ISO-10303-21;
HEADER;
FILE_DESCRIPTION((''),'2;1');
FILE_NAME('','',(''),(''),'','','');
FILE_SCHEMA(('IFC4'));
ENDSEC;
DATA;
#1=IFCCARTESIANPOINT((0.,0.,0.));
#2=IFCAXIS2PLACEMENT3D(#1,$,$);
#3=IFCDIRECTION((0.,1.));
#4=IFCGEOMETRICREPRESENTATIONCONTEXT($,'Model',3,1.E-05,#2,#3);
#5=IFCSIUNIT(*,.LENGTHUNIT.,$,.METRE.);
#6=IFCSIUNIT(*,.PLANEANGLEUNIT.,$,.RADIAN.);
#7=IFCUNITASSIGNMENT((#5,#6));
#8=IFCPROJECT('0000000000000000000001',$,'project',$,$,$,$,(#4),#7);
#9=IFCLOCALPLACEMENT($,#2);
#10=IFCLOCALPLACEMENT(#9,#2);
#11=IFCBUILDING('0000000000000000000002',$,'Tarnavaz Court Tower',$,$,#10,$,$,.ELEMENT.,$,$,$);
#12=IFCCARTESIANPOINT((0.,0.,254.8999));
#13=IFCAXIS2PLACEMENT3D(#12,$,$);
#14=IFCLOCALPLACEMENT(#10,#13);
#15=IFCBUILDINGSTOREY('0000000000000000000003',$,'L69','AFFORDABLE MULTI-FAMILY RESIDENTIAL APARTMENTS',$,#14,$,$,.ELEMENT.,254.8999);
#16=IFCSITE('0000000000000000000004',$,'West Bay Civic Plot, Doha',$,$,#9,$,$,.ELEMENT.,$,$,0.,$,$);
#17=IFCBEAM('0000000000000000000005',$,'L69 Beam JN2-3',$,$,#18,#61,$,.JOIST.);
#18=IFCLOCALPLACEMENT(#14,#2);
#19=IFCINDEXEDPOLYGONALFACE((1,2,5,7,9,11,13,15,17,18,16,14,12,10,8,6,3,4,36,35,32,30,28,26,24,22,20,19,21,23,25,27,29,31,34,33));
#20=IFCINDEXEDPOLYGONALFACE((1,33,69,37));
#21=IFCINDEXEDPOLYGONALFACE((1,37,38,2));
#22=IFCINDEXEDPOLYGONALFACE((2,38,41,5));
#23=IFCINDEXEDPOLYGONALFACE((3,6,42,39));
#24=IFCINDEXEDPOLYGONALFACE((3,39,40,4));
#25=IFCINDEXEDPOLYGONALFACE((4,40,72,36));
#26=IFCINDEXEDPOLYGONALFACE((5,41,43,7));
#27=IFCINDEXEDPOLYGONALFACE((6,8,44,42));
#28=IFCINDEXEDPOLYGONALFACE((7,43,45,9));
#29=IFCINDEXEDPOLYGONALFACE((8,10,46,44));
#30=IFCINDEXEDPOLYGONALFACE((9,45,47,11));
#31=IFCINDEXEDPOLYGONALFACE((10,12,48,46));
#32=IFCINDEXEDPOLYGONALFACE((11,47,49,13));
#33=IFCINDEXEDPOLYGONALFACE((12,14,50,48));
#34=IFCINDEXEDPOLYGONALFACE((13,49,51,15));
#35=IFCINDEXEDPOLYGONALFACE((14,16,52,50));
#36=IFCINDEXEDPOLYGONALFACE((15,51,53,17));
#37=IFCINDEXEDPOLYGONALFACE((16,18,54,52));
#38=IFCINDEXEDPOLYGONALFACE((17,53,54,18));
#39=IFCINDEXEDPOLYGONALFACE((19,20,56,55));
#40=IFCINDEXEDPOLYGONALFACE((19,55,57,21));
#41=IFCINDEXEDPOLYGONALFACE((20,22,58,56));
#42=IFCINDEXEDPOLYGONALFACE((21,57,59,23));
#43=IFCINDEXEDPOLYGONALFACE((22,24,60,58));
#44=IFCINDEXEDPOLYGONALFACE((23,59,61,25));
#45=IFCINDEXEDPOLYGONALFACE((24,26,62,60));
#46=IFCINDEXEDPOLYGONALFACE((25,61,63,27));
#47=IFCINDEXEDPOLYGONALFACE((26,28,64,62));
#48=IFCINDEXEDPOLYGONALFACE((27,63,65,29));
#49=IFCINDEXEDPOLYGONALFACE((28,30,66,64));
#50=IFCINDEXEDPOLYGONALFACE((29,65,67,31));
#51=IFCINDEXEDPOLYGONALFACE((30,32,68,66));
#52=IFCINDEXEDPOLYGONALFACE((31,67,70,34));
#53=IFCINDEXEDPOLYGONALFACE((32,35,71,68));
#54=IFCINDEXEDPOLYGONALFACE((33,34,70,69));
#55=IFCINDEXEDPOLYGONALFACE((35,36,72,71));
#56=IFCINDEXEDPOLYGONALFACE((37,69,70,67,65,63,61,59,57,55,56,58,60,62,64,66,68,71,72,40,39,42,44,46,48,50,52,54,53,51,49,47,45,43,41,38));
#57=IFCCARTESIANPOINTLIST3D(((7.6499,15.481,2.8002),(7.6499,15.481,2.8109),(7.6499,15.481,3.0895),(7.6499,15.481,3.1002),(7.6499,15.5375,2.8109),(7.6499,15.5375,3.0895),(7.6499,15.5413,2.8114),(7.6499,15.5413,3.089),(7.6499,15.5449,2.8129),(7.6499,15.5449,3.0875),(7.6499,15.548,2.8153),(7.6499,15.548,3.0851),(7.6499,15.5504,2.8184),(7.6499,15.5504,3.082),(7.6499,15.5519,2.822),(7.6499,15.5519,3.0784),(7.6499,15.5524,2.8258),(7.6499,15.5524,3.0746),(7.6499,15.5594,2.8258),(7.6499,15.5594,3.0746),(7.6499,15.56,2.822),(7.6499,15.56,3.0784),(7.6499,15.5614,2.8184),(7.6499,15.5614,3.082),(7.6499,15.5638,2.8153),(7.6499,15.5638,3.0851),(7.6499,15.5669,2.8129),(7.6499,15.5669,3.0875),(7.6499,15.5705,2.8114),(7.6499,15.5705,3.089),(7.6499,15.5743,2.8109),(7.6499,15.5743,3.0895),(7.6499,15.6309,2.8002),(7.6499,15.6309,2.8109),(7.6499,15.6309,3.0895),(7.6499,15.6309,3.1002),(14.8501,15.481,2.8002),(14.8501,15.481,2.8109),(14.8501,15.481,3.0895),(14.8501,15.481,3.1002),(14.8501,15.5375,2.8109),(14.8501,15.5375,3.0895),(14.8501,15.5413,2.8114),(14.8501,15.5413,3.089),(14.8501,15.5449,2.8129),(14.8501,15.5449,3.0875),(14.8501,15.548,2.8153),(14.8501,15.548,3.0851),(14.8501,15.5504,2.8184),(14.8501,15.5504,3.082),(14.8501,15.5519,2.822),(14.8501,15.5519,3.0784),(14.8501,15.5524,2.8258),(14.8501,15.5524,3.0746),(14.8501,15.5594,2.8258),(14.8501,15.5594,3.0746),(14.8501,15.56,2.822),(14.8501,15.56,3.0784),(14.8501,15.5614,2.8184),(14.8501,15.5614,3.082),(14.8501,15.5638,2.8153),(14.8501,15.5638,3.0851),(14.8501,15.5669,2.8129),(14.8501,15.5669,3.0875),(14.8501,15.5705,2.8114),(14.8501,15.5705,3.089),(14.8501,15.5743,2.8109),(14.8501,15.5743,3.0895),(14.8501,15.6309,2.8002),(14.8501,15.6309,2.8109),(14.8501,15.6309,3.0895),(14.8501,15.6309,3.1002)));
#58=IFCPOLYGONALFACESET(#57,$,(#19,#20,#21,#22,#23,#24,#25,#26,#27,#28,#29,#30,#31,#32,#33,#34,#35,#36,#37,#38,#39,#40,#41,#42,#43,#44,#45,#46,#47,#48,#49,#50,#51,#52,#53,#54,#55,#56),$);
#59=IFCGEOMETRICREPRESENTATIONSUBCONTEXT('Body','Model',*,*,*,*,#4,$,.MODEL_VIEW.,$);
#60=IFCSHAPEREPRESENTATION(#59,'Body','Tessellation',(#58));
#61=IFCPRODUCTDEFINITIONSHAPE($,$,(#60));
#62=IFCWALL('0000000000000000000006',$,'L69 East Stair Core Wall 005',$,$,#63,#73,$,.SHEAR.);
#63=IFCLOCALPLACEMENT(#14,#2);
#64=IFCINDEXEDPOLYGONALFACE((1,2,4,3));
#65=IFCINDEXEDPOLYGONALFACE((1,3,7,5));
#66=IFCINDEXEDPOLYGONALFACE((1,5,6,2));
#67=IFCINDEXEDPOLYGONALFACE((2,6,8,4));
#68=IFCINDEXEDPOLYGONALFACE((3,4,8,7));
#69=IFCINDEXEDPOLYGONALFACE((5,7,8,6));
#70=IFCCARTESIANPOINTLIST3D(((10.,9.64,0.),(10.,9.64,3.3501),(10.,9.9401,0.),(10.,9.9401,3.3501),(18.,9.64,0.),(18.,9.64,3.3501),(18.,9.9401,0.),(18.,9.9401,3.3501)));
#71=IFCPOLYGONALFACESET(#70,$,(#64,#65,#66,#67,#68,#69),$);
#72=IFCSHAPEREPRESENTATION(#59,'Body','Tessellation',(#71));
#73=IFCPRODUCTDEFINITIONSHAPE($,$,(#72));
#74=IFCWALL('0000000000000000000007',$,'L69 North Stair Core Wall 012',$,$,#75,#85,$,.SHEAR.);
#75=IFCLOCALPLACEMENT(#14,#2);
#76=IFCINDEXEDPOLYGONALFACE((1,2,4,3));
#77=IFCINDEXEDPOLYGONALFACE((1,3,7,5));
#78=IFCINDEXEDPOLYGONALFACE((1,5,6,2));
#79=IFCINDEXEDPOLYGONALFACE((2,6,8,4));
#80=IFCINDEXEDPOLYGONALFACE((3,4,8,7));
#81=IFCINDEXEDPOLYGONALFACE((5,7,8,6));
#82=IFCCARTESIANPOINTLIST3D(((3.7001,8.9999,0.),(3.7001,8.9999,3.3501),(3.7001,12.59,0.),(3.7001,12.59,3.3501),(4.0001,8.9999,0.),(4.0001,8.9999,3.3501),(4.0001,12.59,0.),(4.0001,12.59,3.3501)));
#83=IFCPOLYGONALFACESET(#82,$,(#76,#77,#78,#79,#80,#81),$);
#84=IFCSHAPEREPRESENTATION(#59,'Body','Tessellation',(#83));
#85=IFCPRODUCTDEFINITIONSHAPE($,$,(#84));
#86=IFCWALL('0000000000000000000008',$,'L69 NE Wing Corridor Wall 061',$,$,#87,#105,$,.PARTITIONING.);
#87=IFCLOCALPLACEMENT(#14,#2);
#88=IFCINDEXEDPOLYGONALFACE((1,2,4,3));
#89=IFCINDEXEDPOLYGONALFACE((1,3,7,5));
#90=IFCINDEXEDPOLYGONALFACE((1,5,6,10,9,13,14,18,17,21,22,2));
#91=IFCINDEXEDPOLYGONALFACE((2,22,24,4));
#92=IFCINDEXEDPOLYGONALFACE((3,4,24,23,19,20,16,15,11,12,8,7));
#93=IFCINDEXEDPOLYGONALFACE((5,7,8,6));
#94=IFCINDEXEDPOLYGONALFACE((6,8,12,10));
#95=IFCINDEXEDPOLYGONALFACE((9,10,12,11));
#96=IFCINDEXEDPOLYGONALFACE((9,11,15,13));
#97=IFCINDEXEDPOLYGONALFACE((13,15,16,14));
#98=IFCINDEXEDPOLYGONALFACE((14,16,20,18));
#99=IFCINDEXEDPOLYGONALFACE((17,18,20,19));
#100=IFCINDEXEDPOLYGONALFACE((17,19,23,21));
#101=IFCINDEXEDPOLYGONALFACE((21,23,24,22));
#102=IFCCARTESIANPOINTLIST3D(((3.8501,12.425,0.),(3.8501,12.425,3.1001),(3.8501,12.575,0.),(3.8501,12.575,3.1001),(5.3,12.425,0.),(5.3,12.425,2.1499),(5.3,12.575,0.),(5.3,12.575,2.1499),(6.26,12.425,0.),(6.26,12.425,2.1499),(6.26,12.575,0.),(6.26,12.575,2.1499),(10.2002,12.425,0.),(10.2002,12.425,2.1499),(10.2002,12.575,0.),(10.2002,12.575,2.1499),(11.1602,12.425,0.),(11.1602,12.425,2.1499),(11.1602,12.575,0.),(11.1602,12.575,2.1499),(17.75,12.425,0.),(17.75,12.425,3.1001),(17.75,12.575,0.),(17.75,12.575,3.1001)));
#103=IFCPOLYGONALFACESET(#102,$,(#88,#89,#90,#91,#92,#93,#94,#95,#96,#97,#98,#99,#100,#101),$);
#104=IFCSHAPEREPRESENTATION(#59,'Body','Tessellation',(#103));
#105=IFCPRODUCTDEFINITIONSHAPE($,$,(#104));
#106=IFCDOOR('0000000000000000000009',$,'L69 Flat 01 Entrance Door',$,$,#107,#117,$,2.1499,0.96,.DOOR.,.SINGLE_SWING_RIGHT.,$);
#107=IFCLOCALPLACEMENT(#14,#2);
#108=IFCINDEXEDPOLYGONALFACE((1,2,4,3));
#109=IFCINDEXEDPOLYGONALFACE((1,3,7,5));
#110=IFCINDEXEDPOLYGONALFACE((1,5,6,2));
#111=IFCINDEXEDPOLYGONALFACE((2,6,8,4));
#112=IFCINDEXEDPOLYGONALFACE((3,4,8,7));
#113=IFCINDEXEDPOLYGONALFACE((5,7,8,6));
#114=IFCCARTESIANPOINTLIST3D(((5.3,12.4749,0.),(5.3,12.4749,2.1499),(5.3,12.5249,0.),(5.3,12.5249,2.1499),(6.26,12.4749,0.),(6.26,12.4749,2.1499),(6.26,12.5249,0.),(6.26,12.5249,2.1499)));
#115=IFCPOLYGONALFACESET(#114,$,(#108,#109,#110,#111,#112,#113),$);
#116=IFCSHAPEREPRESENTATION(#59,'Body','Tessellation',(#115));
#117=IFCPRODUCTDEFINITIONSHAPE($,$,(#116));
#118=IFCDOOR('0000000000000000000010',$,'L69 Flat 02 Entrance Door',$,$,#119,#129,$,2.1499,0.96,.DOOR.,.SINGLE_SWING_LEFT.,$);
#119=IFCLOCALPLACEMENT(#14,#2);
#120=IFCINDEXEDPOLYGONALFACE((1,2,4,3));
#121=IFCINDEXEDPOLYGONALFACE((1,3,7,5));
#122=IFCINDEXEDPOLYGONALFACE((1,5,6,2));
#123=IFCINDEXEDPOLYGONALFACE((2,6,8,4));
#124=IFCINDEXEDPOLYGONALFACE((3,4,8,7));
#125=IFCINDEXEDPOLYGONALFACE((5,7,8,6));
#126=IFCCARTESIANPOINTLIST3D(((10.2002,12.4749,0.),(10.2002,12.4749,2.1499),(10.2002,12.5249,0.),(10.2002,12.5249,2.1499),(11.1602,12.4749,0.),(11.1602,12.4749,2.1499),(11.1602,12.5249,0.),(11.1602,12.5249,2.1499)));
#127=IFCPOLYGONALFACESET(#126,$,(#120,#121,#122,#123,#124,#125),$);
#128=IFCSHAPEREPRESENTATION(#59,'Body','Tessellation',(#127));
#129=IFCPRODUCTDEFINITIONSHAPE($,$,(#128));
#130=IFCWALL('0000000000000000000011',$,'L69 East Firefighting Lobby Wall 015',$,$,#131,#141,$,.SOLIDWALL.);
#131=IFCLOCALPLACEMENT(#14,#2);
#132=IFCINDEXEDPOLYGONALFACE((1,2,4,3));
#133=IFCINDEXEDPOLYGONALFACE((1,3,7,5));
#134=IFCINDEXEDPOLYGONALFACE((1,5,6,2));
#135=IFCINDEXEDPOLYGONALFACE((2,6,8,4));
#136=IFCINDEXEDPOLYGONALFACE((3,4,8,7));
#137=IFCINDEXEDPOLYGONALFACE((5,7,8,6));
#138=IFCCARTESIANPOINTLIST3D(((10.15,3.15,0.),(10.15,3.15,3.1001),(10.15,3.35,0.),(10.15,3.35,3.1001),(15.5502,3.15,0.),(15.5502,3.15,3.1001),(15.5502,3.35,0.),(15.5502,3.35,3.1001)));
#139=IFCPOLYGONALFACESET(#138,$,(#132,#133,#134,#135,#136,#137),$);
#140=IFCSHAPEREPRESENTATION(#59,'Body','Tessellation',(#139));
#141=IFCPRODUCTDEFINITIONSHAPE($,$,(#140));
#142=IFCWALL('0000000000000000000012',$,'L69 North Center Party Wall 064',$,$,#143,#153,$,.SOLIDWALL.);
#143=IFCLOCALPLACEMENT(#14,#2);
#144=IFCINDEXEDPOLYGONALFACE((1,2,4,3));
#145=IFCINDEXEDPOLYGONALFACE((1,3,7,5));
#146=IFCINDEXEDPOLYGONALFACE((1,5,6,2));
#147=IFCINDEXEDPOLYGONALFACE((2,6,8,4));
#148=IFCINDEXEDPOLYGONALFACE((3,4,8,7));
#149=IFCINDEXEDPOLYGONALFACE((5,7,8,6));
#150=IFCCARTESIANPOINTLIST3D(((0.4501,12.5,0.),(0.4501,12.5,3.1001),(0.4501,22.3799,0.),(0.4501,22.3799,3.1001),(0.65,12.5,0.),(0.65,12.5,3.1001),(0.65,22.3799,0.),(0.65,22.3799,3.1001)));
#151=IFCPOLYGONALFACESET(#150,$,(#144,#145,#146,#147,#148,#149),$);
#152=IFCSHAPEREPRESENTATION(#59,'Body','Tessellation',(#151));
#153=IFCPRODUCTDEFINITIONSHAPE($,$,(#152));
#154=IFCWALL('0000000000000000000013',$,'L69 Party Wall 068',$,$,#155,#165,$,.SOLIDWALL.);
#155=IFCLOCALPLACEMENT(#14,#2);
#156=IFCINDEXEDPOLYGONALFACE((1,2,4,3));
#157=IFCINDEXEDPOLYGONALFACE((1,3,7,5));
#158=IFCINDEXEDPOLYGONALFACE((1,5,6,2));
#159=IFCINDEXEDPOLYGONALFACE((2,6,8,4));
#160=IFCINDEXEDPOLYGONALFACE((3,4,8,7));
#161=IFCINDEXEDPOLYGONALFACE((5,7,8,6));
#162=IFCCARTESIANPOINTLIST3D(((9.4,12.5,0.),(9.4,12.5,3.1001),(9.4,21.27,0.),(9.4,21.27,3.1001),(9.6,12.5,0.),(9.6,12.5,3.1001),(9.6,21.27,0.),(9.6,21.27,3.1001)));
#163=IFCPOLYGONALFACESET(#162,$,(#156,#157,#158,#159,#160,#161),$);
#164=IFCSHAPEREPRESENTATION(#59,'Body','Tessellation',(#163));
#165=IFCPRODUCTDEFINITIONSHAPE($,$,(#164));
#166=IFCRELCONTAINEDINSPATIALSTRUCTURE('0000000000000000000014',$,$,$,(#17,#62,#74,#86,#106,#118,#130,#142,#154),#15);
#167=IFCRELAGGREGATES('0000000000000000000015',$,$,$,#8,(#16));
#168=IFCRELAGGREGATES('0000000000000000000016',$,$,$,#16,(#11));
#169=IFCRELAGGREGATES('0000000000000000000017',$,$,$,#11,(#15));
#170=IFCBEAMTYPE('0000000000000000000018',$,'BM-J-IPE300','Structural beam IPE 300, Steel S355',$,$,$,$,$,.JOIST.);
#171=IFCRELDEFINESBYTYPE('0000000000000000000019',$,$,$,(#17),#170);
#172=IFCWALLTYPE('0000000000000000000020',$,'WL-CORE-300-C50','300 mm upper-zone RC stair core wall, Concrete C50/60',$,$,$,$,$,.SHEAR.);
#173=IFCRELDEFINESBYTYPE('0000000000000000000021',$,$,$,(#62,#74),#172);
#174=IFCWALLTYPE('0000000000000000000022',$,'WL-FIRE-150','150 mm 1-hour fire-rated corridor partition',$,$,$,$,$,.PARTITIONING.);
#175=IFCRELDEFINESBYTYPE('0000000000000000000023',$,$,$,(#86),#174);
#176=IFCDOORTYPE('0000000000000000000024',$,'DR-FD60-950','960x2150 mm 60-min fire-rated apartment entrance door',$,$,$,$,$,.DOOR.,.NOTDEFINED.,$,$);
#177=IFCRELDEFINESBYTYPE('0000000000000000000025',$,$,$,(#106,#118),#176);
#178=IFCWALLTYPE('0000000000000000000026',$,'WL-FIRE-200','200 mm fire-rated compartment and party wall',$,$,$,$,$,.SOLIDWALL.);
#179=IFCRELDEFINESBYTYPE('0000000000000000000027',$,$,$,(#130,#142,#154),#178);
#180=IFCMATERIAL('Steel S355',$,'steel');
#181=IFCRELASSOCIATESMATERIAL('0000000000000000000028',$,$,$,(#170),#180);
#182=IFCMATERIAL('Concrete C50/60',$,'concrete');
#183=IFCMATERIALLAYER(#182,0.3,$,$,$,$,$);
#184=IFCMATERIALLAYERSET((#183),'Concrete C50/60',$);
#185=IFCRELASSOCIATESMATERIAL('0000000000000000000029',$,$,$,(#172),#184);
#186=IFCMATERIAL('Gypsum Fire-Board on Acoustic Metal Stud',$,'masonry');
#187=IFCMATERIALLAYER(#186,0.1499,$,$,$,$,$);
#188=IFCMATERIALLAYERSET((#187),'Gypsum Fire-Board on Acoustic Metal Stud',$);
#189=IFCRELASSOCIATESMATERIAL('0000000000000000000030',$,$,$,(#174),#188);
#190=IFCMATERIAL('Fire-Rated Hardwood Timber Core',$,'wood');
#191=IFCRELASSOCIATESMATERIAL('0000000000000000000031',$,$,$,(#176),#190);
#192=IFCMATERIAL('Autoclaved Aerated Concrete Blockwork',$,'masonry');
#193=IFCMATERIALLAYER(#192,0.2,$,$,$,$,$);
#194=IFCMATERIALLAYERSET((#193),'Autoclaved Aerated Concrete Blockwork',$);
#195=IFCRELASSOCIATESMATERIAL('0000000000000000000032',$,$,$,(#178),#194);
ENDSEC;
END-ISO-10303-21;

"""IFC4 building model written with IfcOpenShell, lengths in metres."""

from ifc_helpers import new_model, si_unit, direction, frame, frame_2d, origin, origin_2d, place, context, subcontext, project, spatial, rectangle, i_section, extrude, material, layer, layer_set, material_profile, profile_set, type_object, element, fill, save


model = new_model("IFC4")

# Units and contexts
model_context = context("Model", 3, precision=1e-05, world=origin(), true_north=direction((0.0, 1.0)))
body_context = subcontext(model_context, "Body", "Model", "MODEL_VIEW")
ifc_project = project(units=[si_unit("LENGTHUNIT", "METRE"), si_unit("PLANEANGLEUNIT", "RADIAN")], contexts=[model_context])

# Site, building, storey
site_placement = place(None, origin())
site = spatial("IfcSite", under=ifc_project, at=site_placement, Name="West Bay Civic Plot, Doha", CompositionType="ELEMENT", RefElevation=0.0)
building_placement = place(site_placement, origin())
building = spatial("IfcBuilding", under=site, at=building_placement, Name="Tarnavaz Court Tower", CompositionType="ELEMENT")
storey_placement = place(building_placement, frame((0.0, 0.0, 254.8999)))
storey = spatial("IfcBuildingStorey", under=building, at=storey_placement, Name="L69", Description="AFFORDABLE MULTI-FAMILY RESIDENTIAL APARTMENTS", CompositionType="ELEMENT", Elevation=254.8999)

# Shared definitions
ifc_material_1 = material(Name="Concrete C50/60", Category="concrete")

# Beam
ifc_material_2 = material(Name="Steel S355", Category="steel")
ifc_material_profile_1 = material_profile(ifc_material_2, i_section(OverallWidth=0.1499, OverallDepth=0.3, WebThickness=0.0071, FlangeThickness=0.0107, FilletRadius=0.0149, at=origin_2d()), Name="IPE 300")
ifc_profile_set_1 = profile_set([ifc_material_profile_1], Name="Steel S355")
beam_type_1 = type_object("IfcBeamType", Name="BM-J-IPE300", Description="Structural beam IPE 300, Steel S355", PredefinedType="JOIST", material=ifc_profile_set_1)
for number, where, z_axis, x_axis, name in (
    (1, (7.6499, 15.5559, 2.9502), (1.0, 0.0, 0.0), (0.0, 1.0, 0.0), "L69 Beam JN2-3"),
):
    element("IfcBeam", number, at=place(storey_placement, frame(where, z_axis=z_axis, x_axis=x_axis)), inside=storey, type_object=beam_type_1, Name=name, PredefinedType="JOIST", context=body_context, shape_type="SweptSolid", body=[
        extrude(i_section(OverallWidth=0.1499, OverallDepth=0.3, WebThickness=0.0071, FlangeThickness=0.0107, FilletRadius=0.0149, at=origin_2d()), origin(), (0.0, 0.0, 1.0), 7.2002),
    ])

# Wall
ifc_layer_1 = layer(ifc_material_1, 0.3)
ifc_layer_set_1 = layer_set([ifc_layer_1], Name="Concrete C50/60")
wall_type_1 = type_object("IfcWallType", Name="WL-CORE-300-C50", Description="300 mm upper-zone RC stair core wall, Concrete C50/60", PredefinedType="SHEAR", material=ifc_layer_set_1)
wall_1_placement = place(storey_placement, frame((10.0, 9.79, 0.0), z_axis=(0.0, 0.0, 1.0), x_axis=(1.0, 0.0, 0.0)))
element("IfcWall", 2, at=wall_1_placement, inside=storey, type_object=wall_type_1, Name="L69 East Stair Core Wall 005", PredefinedType="SHEAR", context=body_context, shape_type="SweptSolid", body=[
    extrude(rectangle(XDim=8.0, YDim=0.3, at=frame_2d((4.0, 0.0))), origin(), (0.0, 0.0, 1.0), 3.3501),
])

# Shared definitions
ifc_material_3 = material(Name="Fire-Rated Hardwood Timber Core", Category="wood")

# Wall
wall_2_placement = place(storey_placement, frame((3.8501, 9.0, 0.0), z_axis=(0.0, 0.0, 1.0), x_axis=(0.0, 1.0, 0.0)))
element("IfcWall", 3, at=wall_2_placement, inside=storey, type_object=wall_type_1, Name="L69 North Stair Core Wall 012", PredefinedType="SHEAR", context=body_context, shape_type="SweptSolid", body=[
    extrude(rectangle(XDim=3.5901, YDim=0.3, at=frame_2d((1.7949, 0.0))), origin(), (0.0, 0.0, 1.0), 3.3501),
])

# Wall, openings, doors
ifc_material_4 = material(Name="Gypsum Fire-Board on Acoustic Metal Stud", Category="masonry")
ifc_layer_2 = layer(ifc_material_4, 0.1499)
ifc_layer_set_2 = layer_set([ifc_layer_2], Name="Gypsum Fire-Board on Acoustic Metal Stud")
wall_type_2 = type_object("IfcWallType", Name="WL-FIRE-150", Description="150 mm 1-hour fire-rated corridor partition", PredefinedType="PARTITIONING", material=ifc_layer_set_2)
wall_3_placement = place(storey_placement, frame((3.8501, 12.5, 0.0), z_axis=(0.0, 0.0, 1.0), x_axis=(1.0, 0.0, 0.0)))
wall_3 = element("IfcWall", 4, at=wall_3_placement, inside=storey, type_object=wall_type_2, Name="L69 NE Wing Corridor Wall 061", PredefinedType="PARTITIONING", context=body_context, shape_type="SweptSolid", body=[
    extrude(rectangle(XDim=13.8999, YDim=0.1499, at=frame_2d((6.95, 0.0))), origin(), (0.0, 0.0, 1.0), 3.1001),
])
opening_1_placement = place(wall_3_placement, frame((1.45, 0.0, 0.0)))
opening_1 = element("IfcOpeningElement", 5, at=opening_1_placement, cuts=wall_3, PredefinedType="OPENING", context=body_context, shape_type="SweptSolid", body=[
    extrude(rectangle(XDim=0.96, YDim=2.1499, at=frame_2d((0.48, 1.075))), frame((0.0, 0.085, 0.0), z_axis=(0.0, -1.0, 0.0), x_axis=(1.0, 0.0, 0.0)), (0.0, 0.0, 1.0), 0.1699),
])
opening_2_placement = place(wall_3_placement, frame((6.3501, 0.0, 0.0)))
opening_2 = element("IfcOpeningElement", 6, at=opening_2_placement, cuts=wall_3, PredefinedType="OPENING", context=body_context, shape_type="SweptSolid", body=[
    extrude(rectangle(XDim=0.96, YDim=2.1499, at=frame_2d((0.48, 1.075))), frame((0.0, 0.085, 0.0), z_axis=(0.0, -1.0, 0.0), x_axis=(1.0, 0.0, 0.0)), (0.0, 0.0, 1.0), 0.1699),
])
door_type_1 = type_object("IfcDoorType", Name="DR-FD60-950", Description="960x2150 mm 60-min fire-rated apartment entrance door", OperationType="NOTDEFINED", PredefinedType="DOOR", material=ifc_material_3)
door_1_placement = place(opening_1_placement, origin())
door_1 = element("IfcDoor", 7, at=door_1_placement, inside=storey, type_object=door_type_1, Name="L69 Flat 01 Entrance Door", OperationType="SINGLE_SWING_RIGHT", OverallHeight=2.1499, OverallWidth=0.96, PredefinedType="DOOR", context=body_context, shape_type="SweptSolid", body=[
    extrude(rectangle(XDim=0.96, YDim=2.1499, at=frame_2d((0.48, 1.075))), frame((0.0, 0.0249, 0.0), z_axis=(0.0, -1.0, 0.0), x_axis=(1.0, 0.0, 0.0)), (0.0, 0.0, 1.0), 0.05),
])
fill(opening_1, door_1)
door_2_placement = place(opening_2_placement, origin())
door_2 = element("IfcDoor", 8, at=door_2_placement, inside=storey, type_object=door_type_1, Name="L69 Flat 02 Entrance Door", OperationType="SINGLE_SWING_LEFT", OverallHeight=2.1499, OverallWidth=0.96, PredefinedType="DOOR", context=body_context, shape_type="SweptSolid", body=[
    extrude(rectangle(XDim=0.96, YDim=2.1499, at=frame_2d((0.48, 1.075))), frame((0.0, 0.0249, 0.0), z_axis=(0.0, -1.0, 0.0), x_axis=(1.0, 0.0, 0.0)), (0.0, 0.0, 1.0), 0.05),
])
fill(opening_2, door_2)

# Wall
ifc_material_5 = material(Name="Autoclaved Aerated Concrete Blockwork", Category="masonry")
ifc_layer_3 = layer(ifc_material_5, 0.2)
ifc_layer_set_3 = layer_set([ifc_layer_3], Name="Autoclaved Aerated Concrete Blockwork")
wall_type_3 = type_object("IfcWallType", Name="WL-FIRE-200", Description="200 mm fire-rated compartment and party wall", PredefinedType="SOLIDWALL", material=ifc_layer_set_3)
wall_4_placement = place(storey_placement, frame((10.1499, 3.25, 0.0), z_axis=(0.0, 0.0, 1.0), x_axis=(1.0, 0.0, 0.0)))
element("IfcWall", 9, at=wall_4_placement, inside=storey, type_object=wall_type_3, Name="L69 East Firefighting Lobby Wall 015", PredefinedType="SOLIDWALL", context=body_context, shape_type="SweptSolid", body=[
    extrude(rectangle(XDim=5.4001, YDim=0.2, at=frame_2d((2.7002, 0.0))), origin(), (0.0, 0.0, 1.0), 3.1001),
])

# Walls
wall_5_placement = place(storey_placement, frame((0.55, 12.5, 0.0), z_axis=(0.0, 0.0, 1.0), x_axis=(0.0, 1.0, 0.0)))
element("IfcWall", 10, at=wall_5_placement, inside=storey, type_object=wall_type_3, Name="L69 North Center Party Wall 064", PredefinedType="SOLIDWALL", context=body_context, shape_type="SweptSolid", body=[
    extrude(rectangle(XDim=9.8799, YDim=0.2, at=frame_2d((4.9399, 0.0))), origin(), (0.0, 0.0, 1.0), 3.1001),
])
wall_6_placement = place(storey_placement, frame((9.5, 12.5, 0.0), z_axis=(0.0, 0.0, 1.0), x_axis=(0.0, 1.0, 0.0)))
element("IfcWall", 11, at=wall_6_placement, inside=storey, type_object=wall_type_3, Name="L69 Party Wall 068", PredefinedType="SOLIDWALL", context=body_context, shape_type="SweptSolid", body=[
    extrude(rectangle(XDim=8.77, YDim=0.2, at=frame_2d((4.385, 0.0))), origin(), (0.0, 0.0, 1.0), 3.1001),
])

save(model, "model.ifc")
